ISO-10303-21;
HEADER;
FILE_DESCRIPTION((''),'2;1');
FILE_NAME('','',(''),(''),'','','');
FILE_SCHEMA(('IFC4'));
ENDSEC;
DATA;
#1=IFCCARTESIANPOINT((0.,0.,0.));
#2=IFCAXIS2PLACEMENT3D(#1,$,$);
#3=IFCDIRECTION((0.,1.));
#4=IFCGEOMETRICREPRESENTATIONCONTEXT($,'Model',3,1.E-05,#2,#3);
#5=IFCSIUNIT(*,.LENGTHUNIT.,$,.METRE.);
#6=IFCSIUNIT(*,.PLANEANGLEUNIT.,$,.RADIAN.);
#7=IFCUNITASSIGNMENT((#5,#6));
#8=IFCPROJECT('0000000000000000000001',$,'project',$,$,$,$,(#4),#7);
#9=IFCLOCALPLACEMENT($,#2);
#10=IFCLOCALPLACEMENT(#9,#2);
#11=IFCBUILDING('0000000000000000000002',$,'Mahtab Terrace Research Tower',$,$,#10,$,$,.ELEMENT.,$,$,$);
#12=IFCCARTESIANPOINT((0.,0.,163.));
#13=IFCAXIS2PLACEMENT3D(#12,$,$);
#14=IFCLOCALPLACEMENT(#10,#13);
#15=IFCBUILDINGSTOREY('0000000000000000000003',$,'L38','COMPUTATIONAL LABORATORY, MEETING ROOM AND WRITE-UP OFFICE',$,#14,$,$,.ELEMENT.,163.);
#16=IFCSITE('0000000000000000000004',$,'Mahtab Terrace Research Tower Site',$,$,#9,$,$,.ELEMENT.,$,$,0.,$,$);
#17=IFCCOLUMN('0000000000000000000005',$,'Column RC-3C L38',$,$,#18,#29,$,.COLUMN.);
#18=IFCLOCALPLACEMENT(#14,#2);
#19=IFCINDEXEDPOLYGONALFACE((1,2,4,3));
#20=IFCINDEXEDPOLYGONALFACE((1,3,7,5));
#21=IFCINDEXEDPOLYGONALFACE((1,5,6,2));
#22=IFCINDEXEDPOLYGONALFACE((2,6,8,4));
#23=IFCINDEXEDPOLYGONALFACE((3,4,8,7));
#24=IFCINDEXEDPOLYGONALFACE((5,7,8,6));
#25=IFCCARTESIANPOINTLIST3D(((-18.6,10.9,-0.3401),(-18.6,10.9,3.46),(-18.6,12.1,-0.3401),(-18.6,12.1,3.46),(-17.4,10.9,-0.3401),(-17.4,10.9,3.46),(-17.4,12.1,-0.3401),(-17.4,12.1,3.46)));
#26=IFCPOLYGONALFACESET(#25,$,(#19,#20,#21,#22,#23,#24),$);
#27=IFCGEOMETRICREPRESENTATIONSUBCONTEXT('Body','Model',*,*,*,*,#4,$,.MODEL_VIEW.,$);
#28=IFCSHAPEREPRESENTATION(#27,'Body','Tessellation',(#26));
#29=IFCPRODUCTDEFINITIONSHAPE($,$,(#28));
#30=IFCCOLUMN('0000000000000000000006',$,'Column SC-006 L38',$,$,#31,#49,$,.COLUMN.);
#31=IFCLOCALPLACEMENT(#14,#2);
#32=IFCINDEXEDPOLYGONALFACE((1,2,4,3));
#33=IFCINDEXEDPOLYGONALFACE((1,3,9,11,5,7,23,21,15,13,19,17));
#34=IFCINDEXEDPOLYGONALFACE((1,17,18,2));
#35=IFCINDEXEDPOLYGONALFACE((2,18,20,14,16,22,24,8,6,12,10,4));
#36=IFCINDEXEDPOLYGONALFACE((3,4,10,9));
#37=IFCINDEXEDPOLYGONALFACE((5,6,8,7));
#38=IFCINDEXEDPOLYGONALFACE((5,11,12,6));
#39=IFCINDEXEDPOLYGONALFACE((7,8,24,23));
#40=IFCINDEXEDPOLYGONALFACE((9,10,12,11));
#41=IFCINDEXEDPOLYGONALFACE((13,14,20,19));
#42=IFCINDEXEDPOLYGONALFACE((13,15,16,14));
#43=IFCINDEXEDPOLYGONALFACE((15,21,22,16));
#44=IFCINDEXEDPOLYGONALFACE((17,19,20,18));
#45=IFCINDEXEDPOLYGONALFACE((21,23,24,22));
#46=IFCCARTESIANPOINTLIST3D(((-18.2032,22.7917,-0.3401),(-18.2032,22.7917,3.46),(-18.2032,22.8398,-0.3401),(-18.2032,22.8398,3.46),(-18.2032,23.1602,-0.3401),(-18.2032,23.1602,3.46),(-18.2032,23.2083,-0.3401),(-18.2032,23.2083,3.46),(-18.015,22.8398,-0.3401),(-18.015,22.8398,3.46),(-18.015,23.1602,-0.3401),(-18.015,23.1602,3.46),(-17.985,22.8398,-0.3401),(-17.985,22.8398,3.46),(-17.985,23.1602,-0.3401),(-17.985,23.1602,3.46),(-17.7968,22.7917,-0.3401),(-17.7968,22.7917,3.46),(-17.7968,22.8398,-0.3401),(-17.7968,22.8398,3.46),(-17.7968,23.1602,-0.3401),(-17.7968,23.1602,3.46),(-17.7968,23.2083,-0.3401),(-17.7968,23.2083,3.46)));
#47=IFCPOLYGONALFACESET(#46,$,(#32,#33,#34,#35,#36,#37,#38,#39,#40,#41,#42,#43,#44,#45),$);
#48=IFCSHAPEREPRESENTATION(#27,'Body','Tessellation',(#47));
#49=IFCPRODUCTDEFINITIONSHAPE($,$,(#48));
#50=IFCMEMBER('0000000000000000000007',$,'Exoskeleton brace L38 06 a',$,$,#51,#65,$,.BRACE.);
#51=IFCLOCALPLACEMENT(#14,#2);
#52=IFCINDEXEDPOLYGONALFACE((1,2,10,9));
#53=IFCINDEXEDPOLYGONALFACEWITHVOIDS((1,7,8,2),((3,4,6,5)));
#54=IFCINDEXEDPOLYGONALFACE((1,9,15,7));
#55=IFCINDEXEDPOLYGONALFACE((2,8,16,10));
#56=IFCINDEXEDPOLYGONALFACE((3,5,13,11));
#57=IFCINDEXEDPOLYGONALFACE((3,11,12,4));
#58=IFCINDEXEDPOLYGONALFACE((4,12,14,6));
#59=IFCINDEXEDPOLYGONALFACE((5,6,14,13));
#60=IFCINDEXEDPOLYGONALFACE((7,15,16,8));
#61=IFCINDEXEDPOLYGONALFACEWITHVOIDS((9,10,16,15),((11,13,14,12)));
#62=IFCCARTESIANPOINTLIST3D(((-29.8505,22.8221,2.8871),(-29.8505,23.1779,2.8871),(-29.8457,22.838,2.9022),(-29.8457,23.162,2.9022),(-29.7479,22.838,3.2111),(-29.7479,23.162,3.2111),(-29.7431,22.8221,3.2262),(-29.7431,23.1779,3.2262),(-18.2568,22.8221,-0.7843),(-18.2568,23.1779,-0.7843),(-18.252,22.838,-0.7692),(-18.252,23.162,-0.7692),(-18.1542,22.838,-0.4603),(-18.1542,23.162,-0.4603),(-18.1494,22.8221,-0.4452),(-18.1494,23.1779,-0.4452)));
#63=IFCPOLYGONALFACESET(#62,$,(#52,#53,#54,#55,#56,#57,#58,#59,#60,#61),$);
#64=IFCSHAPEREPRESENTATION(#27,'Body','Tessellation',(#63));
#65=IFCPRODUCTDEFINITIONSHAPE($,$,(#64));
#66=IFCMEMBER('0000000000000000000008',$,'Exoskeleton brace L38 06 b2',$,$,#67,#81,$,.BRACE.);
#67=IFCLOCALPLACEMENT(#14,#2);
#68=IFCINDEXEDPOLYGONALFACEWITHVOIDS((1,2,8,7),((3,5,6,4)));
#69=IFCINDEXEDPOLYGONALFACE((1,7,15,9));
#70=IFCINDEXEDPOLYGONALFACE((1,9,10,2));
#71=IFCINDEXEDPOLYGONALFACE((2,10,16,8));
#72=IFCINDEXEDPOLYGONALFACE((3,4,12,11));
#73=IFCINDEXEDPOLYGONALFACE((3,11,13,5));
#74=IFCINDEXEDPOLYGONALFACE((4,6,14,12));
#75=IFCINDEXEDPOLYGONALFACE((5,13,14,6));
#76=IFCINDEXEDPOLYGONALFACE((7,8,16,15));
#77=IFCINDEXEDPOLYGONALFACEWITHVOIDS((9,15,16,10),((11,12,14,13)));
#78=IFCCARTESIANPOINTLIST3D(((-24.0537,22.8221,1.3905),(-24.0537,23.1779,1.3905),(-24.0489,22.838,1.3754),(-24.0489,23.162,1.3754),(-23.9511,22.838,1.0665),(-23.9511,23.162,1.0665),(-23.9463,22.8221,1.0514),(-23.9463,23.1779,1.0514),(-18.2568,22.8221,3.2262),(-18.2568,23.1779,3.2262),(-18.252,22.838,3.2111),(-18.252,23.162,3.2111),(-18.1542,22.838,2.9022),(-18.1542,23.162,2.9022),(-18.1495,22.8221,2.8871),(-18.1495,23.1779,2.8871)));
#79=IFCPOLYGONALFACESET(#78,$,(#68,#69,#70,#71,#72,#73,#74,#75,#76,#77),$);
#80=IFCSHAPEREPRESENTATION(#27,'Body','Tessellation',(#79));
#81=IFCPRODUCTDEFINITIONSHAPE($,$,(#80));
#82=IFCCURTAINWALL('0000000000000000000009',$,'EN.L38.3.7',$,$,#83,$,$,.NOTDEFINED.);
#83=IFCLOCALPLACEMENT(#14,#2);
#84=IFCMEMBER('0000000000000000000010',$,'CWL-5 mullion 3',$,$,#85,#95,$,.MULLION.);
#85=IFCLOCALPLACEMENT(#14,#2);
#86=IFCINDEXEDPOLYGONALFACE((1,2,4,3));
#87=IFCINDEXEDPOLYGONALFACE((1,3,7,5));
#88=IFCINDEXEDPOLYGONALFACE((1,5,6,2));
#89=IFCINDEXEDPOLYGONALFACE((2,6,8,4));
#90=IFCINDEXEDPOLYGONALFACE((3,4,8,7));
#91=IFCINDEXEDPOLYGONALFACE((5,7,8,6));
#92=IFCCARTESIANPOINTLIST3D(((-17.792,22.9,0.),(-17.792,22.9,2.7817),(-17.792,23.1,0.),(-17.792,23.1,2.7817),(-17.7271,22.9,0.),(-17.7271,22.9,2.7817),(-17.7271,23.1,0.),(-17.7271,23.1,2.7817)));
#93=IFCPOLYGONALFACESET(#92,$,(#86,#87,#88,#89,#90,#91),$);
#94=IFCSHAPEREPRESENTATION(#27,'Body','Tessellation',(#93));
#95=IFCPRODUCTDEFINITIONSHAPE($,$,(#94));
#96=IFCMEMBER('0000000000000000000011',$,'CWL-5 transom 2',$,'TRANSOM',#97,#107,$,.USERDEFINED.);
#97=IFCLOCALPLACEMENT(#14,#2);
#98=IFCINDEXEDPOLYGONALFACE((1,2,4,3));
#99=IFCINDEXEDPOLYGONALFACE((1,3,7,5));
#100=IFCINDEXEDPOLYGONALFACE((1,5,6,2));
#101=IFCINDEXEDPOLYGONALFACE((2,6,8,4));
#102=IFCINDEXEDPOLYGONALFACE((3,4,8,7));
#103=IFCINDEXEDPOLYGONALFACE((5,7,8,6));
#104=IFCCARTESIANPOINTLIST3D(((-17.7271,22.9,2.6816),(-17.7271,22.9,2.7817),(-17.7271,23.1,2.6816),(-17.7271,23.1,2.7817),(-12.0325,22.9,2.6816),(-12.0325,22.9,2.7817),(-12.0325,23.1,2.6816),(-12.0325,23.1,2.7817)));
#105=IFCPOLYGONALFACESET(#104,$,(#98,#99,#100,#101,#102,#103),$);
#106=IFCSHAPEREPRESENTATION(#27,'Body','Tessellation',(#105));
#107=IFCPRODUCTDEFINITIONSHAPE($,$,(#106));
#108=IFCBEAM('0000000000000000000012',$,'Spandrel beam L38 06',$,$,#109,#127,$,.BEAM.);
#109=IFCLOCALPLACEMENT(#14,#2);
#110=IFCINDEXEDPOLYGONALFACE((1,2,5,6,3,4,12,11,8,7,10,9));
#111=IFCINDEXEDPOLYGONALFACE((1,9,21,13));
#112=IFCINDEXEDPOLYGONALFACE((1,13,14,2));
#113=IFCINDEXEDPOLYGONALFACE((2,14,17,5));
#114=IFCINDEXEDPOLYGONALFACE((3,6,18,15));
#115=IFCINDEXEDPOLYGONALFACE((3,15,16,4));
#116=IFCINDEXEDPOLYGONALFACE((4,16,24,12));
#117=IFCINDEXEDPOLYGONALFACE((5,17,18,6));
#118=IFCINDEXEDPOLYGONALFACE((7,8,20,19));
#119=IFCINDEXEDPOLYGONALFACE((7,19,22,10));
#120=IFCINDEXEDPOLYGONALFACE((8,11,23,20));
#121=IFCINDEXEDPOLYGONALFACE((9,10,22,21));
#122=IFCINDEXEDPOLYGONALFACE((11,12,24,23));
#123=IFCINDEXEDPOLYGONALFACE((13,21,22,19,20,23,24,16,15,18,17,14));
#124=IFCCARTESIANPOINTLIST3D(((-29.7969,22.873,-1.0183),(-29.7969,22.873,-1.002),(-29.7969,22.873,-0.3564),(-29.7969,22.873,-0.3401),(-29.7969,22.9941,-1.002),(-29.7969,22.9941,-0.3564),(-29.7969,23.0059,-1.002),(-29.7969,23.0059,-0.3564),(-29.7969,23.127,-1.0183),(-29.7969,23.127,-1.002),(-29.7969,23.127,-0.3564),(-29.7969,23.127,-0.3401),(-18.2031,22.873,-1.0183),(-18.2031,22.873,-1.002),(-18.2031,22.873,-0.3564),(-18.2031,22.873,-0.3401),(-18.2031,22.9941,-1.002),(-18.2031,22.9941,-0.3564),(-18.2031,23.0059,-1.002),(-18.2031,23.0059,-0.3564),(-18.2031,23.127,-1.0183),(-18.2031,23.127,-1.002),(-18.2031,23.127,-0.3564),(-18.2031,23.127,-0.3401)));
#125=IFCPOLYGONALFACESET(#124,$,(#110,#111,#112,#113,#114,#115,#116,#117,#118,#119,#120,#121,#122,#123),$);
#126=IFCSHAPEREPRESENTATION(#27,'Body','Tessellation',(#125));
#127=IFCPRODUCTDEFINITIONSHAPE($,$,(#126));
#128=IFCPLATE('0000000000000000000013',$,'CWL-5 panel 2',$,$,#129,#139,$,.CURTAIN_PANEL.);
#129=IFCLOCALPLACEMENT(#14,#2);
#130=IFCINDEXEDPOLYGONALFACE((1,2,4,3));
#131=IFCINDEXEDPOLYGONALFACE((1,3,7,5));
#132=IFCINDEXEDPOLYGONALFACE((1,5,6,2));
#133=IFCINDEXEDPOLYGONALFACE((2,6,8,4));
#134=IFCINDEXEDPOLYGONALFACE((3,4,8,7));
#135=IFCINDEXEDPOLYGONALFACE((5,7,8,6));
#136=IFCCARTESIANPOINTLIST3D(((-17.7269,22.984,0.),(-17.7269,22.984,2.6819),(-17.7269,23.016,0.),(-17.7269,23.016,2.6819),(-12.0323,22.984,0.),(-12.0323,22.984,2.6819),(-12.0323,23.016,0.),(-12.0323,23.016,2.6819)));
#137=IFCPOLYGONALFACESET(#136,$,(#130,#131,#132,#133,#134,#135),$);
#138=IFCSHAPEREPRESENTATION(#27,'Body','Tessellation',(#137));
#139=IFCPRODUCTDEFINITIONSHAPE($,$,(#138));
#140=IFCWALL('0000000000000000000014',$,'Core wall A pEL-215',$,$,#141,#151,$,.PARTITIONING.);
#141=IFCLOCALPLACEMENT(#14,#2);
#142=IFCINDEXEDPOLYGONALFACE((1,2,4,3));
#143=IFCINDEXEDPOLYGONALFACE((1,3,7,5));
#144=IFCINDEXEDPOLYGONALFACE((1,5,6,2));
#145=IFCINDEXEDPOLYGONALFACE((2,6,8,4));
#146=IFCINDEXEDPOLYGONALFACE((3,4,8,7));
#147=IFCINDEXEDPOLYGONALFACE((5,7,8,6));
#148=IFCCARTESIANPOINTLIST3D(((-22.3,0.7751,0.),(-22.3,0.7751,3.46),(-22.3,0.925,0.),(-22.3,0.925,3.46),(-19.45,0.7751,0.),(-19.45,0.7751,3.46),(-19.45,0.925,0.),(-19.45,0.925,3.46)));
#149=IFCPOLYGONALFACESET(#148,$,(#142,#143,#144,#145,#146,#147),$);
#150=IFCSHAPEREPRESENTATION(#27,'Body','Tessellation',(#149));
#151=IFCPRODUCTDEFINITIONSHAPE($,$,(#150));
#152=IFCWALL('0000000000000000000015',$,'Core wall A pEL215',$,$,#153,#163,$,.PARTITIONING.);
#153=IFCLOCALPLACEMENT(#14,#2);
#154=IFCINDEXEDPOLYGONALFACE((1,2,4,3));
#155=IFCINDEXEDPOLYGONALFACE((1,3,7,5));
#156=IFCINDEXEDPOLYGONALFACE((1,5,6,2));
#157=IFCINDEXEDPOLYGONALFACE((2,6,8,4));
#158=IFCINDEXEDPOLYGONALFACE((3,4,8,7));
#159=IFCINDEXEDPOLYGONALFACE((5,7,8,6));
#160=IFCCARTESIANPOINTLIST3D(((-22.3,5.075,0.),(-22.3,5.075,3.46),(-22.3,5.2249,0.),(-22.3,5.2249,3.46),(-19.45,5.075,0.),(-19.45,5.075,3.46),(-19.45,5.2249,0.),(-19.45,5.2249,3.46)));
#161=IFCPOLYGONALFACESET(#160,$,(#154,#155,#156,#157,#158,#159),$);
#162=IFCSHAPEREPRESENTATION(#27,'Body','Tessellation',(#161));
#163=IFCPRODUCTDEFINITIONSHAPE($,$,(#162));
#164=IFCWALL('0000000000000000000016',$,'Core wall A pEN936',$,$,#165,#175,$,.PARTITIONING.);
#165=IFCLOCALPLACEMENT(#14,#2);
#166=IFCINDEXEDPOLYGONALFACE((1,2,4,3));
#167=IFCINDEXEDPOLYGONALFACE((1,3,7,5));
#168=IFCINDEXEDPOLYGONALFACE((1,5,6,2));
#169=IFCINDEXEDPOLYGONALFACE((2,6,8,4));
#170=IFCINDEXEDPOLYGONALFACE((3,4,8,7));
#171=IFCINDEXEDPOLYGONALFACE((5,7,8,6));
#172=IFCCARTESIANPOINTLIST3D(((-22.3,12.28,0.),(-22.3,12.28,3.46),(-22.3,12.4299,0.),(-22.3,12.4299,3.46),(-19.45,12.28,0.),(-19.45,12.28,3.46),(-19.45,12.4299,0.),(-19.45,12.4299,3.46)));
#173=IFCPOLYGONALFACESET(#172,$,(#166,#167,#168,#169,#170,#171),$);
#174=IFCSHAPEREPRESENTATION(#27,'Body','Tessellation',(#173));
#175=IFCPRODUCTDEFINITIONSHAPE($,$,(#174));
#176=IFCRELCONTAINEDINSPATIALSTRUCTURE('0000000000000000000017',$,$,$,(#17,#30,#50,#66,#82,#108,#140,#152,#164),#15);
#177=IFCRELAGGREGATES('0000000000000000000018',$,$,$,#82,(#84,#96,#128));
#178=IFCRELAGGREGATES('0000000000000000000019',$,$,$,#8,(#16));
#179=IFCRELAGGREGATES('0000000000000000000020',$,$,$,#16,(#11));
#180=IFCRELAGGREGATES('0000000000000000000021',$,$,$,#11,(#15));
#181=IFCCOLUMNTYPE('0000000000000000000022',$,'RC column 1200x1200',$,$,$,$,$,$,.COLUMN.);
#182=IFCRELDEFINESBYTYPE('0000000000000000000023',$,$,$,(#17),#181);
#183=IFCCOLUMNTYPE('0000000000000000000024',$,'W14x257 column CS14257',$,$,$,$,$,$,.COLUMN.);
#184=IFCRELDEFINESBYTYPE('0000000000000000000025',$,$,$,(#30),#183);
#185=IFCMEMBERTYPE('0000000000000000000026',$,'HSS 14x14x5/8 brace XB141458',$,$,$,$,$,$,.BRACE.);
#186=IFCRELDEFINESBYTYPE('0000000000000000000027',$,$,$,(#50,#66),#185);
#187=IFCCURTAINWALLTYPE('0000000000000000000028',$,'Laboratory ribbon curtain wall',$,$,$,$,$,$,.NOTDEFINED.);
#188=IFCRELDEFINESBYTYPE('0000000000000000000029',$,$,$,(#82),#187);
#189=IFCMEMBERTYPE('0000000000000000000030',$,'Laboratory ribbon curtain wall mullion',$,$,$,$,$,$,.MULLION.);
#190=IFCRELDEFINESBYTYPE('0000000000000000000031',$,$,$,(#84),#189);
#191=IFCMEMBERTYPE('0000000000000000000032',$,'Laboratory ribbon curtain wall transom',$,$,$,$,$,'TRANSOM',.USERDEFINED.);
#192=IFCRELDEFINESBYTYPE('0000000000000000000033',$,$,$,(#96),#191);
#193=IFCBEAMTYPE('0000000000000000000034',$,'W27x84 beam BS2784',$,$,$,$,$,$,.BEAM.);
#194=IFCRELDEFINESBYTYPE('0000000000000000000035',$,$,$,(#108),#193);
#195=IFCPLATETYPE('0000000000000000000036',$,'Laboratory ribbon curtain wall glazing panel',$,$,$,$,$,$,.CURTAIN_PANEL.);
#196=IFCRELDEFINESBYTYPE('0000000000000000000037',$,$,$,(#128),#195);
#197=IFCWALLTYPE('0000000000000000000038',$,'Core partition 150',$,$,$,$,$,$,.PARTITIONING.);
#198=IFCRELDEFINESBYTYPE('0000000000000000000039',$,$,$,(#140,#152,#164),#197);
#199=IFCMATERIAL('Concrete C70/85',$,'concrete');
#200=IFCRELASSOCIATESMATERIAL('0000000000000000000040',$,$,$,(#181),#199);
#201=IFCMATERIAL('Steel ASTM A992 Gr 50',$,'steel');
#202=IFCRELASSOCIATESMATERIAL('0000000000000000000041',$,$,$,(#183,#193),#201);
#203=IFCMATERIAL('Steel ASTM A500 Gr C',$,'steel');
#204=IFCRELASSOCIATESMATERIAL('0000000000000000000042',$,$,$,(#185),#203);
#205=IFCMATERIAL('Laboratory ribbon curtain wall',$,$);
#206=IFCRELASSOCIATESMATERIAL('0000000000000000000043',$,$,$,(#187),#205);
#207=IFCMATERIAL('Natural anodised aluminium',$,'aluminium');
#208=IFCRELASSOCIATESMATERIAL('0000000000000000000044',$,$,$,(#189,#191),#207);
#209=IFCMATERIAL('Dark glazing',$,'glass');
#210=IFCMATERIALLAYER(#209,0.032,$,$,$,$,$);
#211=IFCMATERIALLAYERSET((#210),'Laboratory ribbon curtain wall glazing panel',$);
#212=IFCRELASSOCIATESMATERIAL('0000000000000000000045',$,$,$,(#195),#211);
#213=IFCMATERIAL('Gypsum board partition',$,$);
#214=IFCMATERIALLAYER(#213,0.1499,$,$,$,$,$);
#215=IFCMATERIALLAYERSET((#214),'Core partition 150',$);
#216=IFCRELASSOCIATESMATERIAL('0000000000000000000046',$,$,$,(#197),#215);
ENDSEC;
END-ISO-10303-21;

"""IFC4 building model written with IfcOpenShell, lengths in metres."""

from ifc_helpers import new_model, si_unit, direction, frame, frame_2d, origin, origin_2d, place, context, subcontext, project, spatial, rectangle, hollow_rectangle, i_section, extrude, material, layer, layer_set, material_profile, profile_set, type_object, element, aggregate, save


model = new_model("IFC4")

# Units and contexts
model_context = context("Model", 3, precision=1e-05, world=origin(), true_north=direction((0.0, 1.0)))
body_context = subcontext(model_context, "Body", "Model", "MODEL_VIEW")
ifc_project = project(units=[si_unit("LENGTHUNIT", "METRE"), si_unit("PLANEANGLEUNIT", "RADIAN")], contexts=[model_context])

# Site, building, storey
site_placement = place(None, origin())
site = spatial("IfcSite", under=ifc_project, at=site_placement, Name="Mahtab Terrace Research Tower Site", CompositionType="ELEMENT", RefElevation=0.0)
building_placement = place(site_placement, origin())
building = spatial("IfcBuilding", under=site, at=building_placement, Name="Mahtab Terrace Research Tower", CompositionType="ELEMENT")
storey_placement = place(building_placement, frame((0.0, 0.0, 163.0)))
storey = spatial("IfcBuildingStorey", under=building, at=storey_placement, Name="L38", Description="COMPUTATIONAL LABORATORY, MEETING ROOM AND WRITE-UP OFFICE", CompositionType="ELEMENT", Elevation=163.0)

# Columns
ifc_material_1 = material(Name="Concrete C70/85", Category="concrete")
ifc_material_profile_1 = material_profile(ifc_material_1, rectangle(XDim=1.2, YDim=1.2, at=origin_2d()), Name="RC column 1200x1200")
ifc_profile_set_1 = profile_set([ifc_material_profile_1], Name="Concrete C70/85")
column_type_1 = type_object("IfcColumnType", Name="RC column 1200x1200", PredefinedType="COLUMN", material=ifc_profile_set_1)
column_1_placement = place(storey_placement, frame((-18.0, 11.5, -0.3401), z_axis=(0.0, 0.0, 1.0), x_axis=(1.0, 0.0, 0.0)))
element("IfcColumn", 1, at=column_1_placement, inside=storey, type_object=column_type_1, Name="Column RC-3C L38", PredefinedType="COLUMN", context=body_context, shape_type="SweptSolid", body=[
    extrude(rectangle(XDim=1.2, YDim=1.2, at=origin_2d()), origin(), (0.0, 0.0, 1.0), 3.8),
])
ifc_material_2 = material(Name="Steel ASTM A992 Gr 50", Category="steel")
ifc_material_profile_2 = material_profile(ifc_material_2, i_section(OverallWidth=0.4065, OverallDepth=0.4165, WebThickness=0.03, FlangeThickness=0.0481, at=origin_2d()), Name="W14X257")
ifc_profile_set_2 = profile_set([ifc_material_profile_2], Name="Steel ASTM A992 Gr 50")
column_type_2 = type_object("IfcColumnType", Name="W14x257 column CS14257", PredefinedType="COLUMN", material=ifc_profile_set_2)
column_2_placement = place(storey_placement, frame((-18.0, 23.0, -0.3401), z_axis=(0.0, 0.0, 1.0), x_axis=(1.0, 0.0, 0.0)))
element("IfcColumn", 2, at=column_2_placement, inside=storey, type_object=column_type_2, Name="Column SC-006 L38", PredefinedType="COLUMN", context=body_context, shape_type="SweptSolid", body=[
    extrude(i_section(OverallWidth=0.4065, OverallDepth=0.4165, WebThickness=0.03, FlangeThickness=0.0481, at=origin_2d()), origin(), (0.0, 0.0, 1.0), 3.8),
])

# Members
ifc_material_3 = material(Name="Steel ASTM A500 Gr C", Category="steel")
ifc_material_profile_3 = material_profile(ifc_material_3, hollow_rectangle(XDim=0.3557, YDim=0.3557, WallThickness=0.0159, at=origin_2d()), Name="HSS14X14X5/8")
ifc_profile_set_3 = profile_set([ifc_material_profile_3], Name="Steel ASTM A500 Gr C")
member_type_1 = type_object("IfcMemberType", Name="HSS 14x14x5/8 brace XB141458", PredefinedType="BRACE", material=ifc_profile_set_3)
member_1_placement = place(storey_placement, frame((-18.2031, 23.0, -0.6147), z_axis=(-0.953341, 0.0, 0.301894), x_axis=(0.0, -1.0, 0.0)))
element("IfcMember", 3, at=member_1_placement, inside=storey, type_object=member_type_1, Name="Exoskeleton brace L38 06 a", PredefinedType="BRACE", context=body_context, shape_type="SweptSolid", body=[
    extrude(hollow_rectangle(XDim=0.3557, YDim=0.3557, WallThickness=0.0159, at=origin_2d()), origin(), (0.0, 0.0, 1.0), 12.1611),
])
member_2_placement = place(storey_placement, frame((-24.0, 23.0, 1.2209), z_axis=(0.953341, 0.0, 0.301894), x_axis=(0.0, 1.0, 0.0)))
element("IfcMember", 4, at=member_2_placement, inside=storey, type_object=member_type_1, Name="Exoskeleton brace L38 06 b2", PredefinedType="BRACE", context=body_context, shape_type="SweptSolid", body=[
    extrude(hollow_rectangle(XDim=0.3557, YDim=0.3557, WallThickness=0.0159, at=origin_2d()), origin(), (0.0, 0.0, 1.0), 6.0806),
])

# Curtain wall, members
ifc_material_4 = material(Name="Laboratory ribbon curtain wall")
curtain_wall_type = type_object("IfcCurtainWallType", Name="Laboratory ribbon curtain wall", PredefinedType="NOTDEFINED", material=ifc_material_4)
curtain_wall_placement = place(storey_placement, origin())
curtain_wall = element("IfcCurtainWall", 5, at=curtain_wall_placement, inside=storey, type_object=curtain_wall_type, Name="EN.L38.3.7", PredefinedType="NOTDEFINED")
ifc_material_5 = material(Name="Natural anodised aluminium", Category="aluminium")
ifc_material_profile_4 = material_profile(ifc_material_5, rectangle(XDim=0.2, YDim=0.0649, at=origin_2d()), Name="MULLION 65x200")
ifc_profile_set_4 = profile_set([ifc_material_profile_4], Name="Natural anodised aluminium")
member_type_2 = type_object("IfcMemberType", Name="Laboratory ribbon curtain wall mullion", PredefinedType="MULLION", material=ifc_profile_set_4)
member_3_placement = place(storey_placement, frame((-17.7595, 23.0, 0.0), z_axis=(0.0, 0.0, 1.0), x_axis=(0.0, -1.0, 0.0)))
member_3 = element("IfcMember", 6, at=member_3_placement, type_object=member_type_2, Name="CWL-5 mullion 3", PredefinedType="MULLION", context=body_context, shape_type="SweptSolid", body=[
    extrude(rectangle(XDim=0.2, YDim=0.0649, at=origin_2d()), origin(), (0.0, 0.0, 1.0), 2.7817),
])
ifc_material_profile_5 = material_profile(ifc_material_5, rectangle(XDim=0.2, YDim=0.1001, at=origin_2d()), Name="TRANSOM 100x200")
ifc_profile_set_5 = profile_set([ifc_material_profile_5], Name="Natural anodised aluminium")
member_type_3 = type_object("IfcMemberType", Name="Laboratory ribbon curtain wall transom", ElementType="TRANSOM", PredefinedType="USERDEFINED", material=ifc_profile_set_5)
member_4_placement = place(storey_placement, frame((-12.0325, 23.0, 2.7317), z_axis=(-1.0, 0.0, 0.0), x_axis=(0.0, -1.0, 0.0)))
member_4 = element("IfcMember", 7, at=member_4_placement, type_object=member_type_3, Name="CWL-5 transom 2", ObjectType="TRANSOM", PredefinedType="USERDEFINED", context=body_context, shape_type="SweptSolid", body=[
    extrude(rectangle(XDim=0.2, YDim=0.1001, at=origin_2d()), origin(), (0.0, 0.0, 1.0), 5.6946),
])

# Beam
ifc_material_profile_6 = material_profile(ifc_material_2, i_section(OverallWidth=0.2539, OverallDepth=0.6782, WebThickness=0.0117, FlangeThickness=0.0164, at=origin_2d()), Name="W27X84")
ifc_profile_set_6 = profile_set([ifc_material_profile_6], Name="Steel ASTM A992 Gr 50")
beam_type = type_object("IfcBeamType", Name="W27x84 beam BS2784", PredefinedType="BEAM", material=ifc_profile_set_6)
beam_placement = place(storey_placement, frame((-18.2031, 23.0, -0.6792), z_axis=(-1.0, 0.0, 0.0), x_axis=(0.0, -1.0, 0.0)))
element("IfcBeam", 8, at=beam_placement, inside=storey, type_object=beam_type, Name="Spandrel beam L38 06", PredefinedType="BEAM", context=body_context, shape_type="SweptSolid", body=[
    extrude(i_section(OverallWidth=0.2539, OverallDepth=0.6782, WebThickness=0.0117, FlangeThickness=0.0164, at=origin_2d()), origin(), (0.0, 0.0, 1.0), 11.5938),
])

# Plate
ifc_material_6 = material(Name="Dark glazing", Category="glass")
ifc_layer_1 = layer(ifc_material_6, 0.032)
ifc_layer_set_1 = layer_set([ifc_layer_1], Name="Laboratory ribbon curtain wall glazing panel")
plate_type = type_object("IfcPlateType", Name="Laboratory ribbon curtain wall glazing panel", PredefinedType="CURTAIN_PANEL", material=ifc_layer_set_1)
plate_placement = place(storey_placement, frame((-14.8796, 23.0, 0.0), z_axis=(0.0, 0.0, 1.0), x_axis=(-1.0, 0.0, 0.0)))
plate = element("IfcPlate", 9, at=plate_placement, type_object=plate_type, Name="CWL-5 panel 2", PredefinedType="CURTAIN_PANEL", context=body_context, shape_type="SweptSolid", body=[
    extrude(rectangle(XDim=5.6946, YDim=0.032, at=origin_2d()), origin(), (0.0, 0.0, 1.0), 2.6819),
])
aggregate(curtain_wall, [member_3, member_4, plate])

# Walls
ifc_material_7 = material(Name="Gypsum board partition")
ifc_layer_2 = layer(ifc_material_7, 0.1499)
ifc_layer_set_2 = layer_set([ifc_layer_2], Name="Core partition 150")
wall_type_1 = type_object("IfcWallType", Name="Core partition 150", PredefinedType="PARTITIONING", material=ifc_layer_set_2)
for number, where, z_axis, x_axis, name in (
    (10, (-22.3, 0.8501, 0.0), (0.0, 0.0, 1.0), (1.0, 0.0, 0.0), "Core wall A pEL-215"),
    (11, (-22.3, 5.1499, 0.0), (0.0, 0.0, 1.0), (1.0, 0.0, 0.0), "Core wall A pEL215"),
    (12, (-22.3, 12.355, 0.0), (0.0, 0.0, 1.0), (1.0, 0.0, 0.0), "Core wall A pEN936"),
):
    element("IfcWall", number, at=place(storey_placement, frame(where, z_axis=z_axis, x_axis=x_axis)), inside=storey, type_object=wall_type_1, Name=name, PredefinedType="PARTITIONING", context=body_context, shape_type="SweptSolid", body=[
        extrude(rectangle(XDim=2.8501, YDim=0.1499, at=frame_2d((1.425, 0.0))), origin(), (0.0, 0.0, 1.0), 3.46),
    ])

save(model, "model.ifc")
